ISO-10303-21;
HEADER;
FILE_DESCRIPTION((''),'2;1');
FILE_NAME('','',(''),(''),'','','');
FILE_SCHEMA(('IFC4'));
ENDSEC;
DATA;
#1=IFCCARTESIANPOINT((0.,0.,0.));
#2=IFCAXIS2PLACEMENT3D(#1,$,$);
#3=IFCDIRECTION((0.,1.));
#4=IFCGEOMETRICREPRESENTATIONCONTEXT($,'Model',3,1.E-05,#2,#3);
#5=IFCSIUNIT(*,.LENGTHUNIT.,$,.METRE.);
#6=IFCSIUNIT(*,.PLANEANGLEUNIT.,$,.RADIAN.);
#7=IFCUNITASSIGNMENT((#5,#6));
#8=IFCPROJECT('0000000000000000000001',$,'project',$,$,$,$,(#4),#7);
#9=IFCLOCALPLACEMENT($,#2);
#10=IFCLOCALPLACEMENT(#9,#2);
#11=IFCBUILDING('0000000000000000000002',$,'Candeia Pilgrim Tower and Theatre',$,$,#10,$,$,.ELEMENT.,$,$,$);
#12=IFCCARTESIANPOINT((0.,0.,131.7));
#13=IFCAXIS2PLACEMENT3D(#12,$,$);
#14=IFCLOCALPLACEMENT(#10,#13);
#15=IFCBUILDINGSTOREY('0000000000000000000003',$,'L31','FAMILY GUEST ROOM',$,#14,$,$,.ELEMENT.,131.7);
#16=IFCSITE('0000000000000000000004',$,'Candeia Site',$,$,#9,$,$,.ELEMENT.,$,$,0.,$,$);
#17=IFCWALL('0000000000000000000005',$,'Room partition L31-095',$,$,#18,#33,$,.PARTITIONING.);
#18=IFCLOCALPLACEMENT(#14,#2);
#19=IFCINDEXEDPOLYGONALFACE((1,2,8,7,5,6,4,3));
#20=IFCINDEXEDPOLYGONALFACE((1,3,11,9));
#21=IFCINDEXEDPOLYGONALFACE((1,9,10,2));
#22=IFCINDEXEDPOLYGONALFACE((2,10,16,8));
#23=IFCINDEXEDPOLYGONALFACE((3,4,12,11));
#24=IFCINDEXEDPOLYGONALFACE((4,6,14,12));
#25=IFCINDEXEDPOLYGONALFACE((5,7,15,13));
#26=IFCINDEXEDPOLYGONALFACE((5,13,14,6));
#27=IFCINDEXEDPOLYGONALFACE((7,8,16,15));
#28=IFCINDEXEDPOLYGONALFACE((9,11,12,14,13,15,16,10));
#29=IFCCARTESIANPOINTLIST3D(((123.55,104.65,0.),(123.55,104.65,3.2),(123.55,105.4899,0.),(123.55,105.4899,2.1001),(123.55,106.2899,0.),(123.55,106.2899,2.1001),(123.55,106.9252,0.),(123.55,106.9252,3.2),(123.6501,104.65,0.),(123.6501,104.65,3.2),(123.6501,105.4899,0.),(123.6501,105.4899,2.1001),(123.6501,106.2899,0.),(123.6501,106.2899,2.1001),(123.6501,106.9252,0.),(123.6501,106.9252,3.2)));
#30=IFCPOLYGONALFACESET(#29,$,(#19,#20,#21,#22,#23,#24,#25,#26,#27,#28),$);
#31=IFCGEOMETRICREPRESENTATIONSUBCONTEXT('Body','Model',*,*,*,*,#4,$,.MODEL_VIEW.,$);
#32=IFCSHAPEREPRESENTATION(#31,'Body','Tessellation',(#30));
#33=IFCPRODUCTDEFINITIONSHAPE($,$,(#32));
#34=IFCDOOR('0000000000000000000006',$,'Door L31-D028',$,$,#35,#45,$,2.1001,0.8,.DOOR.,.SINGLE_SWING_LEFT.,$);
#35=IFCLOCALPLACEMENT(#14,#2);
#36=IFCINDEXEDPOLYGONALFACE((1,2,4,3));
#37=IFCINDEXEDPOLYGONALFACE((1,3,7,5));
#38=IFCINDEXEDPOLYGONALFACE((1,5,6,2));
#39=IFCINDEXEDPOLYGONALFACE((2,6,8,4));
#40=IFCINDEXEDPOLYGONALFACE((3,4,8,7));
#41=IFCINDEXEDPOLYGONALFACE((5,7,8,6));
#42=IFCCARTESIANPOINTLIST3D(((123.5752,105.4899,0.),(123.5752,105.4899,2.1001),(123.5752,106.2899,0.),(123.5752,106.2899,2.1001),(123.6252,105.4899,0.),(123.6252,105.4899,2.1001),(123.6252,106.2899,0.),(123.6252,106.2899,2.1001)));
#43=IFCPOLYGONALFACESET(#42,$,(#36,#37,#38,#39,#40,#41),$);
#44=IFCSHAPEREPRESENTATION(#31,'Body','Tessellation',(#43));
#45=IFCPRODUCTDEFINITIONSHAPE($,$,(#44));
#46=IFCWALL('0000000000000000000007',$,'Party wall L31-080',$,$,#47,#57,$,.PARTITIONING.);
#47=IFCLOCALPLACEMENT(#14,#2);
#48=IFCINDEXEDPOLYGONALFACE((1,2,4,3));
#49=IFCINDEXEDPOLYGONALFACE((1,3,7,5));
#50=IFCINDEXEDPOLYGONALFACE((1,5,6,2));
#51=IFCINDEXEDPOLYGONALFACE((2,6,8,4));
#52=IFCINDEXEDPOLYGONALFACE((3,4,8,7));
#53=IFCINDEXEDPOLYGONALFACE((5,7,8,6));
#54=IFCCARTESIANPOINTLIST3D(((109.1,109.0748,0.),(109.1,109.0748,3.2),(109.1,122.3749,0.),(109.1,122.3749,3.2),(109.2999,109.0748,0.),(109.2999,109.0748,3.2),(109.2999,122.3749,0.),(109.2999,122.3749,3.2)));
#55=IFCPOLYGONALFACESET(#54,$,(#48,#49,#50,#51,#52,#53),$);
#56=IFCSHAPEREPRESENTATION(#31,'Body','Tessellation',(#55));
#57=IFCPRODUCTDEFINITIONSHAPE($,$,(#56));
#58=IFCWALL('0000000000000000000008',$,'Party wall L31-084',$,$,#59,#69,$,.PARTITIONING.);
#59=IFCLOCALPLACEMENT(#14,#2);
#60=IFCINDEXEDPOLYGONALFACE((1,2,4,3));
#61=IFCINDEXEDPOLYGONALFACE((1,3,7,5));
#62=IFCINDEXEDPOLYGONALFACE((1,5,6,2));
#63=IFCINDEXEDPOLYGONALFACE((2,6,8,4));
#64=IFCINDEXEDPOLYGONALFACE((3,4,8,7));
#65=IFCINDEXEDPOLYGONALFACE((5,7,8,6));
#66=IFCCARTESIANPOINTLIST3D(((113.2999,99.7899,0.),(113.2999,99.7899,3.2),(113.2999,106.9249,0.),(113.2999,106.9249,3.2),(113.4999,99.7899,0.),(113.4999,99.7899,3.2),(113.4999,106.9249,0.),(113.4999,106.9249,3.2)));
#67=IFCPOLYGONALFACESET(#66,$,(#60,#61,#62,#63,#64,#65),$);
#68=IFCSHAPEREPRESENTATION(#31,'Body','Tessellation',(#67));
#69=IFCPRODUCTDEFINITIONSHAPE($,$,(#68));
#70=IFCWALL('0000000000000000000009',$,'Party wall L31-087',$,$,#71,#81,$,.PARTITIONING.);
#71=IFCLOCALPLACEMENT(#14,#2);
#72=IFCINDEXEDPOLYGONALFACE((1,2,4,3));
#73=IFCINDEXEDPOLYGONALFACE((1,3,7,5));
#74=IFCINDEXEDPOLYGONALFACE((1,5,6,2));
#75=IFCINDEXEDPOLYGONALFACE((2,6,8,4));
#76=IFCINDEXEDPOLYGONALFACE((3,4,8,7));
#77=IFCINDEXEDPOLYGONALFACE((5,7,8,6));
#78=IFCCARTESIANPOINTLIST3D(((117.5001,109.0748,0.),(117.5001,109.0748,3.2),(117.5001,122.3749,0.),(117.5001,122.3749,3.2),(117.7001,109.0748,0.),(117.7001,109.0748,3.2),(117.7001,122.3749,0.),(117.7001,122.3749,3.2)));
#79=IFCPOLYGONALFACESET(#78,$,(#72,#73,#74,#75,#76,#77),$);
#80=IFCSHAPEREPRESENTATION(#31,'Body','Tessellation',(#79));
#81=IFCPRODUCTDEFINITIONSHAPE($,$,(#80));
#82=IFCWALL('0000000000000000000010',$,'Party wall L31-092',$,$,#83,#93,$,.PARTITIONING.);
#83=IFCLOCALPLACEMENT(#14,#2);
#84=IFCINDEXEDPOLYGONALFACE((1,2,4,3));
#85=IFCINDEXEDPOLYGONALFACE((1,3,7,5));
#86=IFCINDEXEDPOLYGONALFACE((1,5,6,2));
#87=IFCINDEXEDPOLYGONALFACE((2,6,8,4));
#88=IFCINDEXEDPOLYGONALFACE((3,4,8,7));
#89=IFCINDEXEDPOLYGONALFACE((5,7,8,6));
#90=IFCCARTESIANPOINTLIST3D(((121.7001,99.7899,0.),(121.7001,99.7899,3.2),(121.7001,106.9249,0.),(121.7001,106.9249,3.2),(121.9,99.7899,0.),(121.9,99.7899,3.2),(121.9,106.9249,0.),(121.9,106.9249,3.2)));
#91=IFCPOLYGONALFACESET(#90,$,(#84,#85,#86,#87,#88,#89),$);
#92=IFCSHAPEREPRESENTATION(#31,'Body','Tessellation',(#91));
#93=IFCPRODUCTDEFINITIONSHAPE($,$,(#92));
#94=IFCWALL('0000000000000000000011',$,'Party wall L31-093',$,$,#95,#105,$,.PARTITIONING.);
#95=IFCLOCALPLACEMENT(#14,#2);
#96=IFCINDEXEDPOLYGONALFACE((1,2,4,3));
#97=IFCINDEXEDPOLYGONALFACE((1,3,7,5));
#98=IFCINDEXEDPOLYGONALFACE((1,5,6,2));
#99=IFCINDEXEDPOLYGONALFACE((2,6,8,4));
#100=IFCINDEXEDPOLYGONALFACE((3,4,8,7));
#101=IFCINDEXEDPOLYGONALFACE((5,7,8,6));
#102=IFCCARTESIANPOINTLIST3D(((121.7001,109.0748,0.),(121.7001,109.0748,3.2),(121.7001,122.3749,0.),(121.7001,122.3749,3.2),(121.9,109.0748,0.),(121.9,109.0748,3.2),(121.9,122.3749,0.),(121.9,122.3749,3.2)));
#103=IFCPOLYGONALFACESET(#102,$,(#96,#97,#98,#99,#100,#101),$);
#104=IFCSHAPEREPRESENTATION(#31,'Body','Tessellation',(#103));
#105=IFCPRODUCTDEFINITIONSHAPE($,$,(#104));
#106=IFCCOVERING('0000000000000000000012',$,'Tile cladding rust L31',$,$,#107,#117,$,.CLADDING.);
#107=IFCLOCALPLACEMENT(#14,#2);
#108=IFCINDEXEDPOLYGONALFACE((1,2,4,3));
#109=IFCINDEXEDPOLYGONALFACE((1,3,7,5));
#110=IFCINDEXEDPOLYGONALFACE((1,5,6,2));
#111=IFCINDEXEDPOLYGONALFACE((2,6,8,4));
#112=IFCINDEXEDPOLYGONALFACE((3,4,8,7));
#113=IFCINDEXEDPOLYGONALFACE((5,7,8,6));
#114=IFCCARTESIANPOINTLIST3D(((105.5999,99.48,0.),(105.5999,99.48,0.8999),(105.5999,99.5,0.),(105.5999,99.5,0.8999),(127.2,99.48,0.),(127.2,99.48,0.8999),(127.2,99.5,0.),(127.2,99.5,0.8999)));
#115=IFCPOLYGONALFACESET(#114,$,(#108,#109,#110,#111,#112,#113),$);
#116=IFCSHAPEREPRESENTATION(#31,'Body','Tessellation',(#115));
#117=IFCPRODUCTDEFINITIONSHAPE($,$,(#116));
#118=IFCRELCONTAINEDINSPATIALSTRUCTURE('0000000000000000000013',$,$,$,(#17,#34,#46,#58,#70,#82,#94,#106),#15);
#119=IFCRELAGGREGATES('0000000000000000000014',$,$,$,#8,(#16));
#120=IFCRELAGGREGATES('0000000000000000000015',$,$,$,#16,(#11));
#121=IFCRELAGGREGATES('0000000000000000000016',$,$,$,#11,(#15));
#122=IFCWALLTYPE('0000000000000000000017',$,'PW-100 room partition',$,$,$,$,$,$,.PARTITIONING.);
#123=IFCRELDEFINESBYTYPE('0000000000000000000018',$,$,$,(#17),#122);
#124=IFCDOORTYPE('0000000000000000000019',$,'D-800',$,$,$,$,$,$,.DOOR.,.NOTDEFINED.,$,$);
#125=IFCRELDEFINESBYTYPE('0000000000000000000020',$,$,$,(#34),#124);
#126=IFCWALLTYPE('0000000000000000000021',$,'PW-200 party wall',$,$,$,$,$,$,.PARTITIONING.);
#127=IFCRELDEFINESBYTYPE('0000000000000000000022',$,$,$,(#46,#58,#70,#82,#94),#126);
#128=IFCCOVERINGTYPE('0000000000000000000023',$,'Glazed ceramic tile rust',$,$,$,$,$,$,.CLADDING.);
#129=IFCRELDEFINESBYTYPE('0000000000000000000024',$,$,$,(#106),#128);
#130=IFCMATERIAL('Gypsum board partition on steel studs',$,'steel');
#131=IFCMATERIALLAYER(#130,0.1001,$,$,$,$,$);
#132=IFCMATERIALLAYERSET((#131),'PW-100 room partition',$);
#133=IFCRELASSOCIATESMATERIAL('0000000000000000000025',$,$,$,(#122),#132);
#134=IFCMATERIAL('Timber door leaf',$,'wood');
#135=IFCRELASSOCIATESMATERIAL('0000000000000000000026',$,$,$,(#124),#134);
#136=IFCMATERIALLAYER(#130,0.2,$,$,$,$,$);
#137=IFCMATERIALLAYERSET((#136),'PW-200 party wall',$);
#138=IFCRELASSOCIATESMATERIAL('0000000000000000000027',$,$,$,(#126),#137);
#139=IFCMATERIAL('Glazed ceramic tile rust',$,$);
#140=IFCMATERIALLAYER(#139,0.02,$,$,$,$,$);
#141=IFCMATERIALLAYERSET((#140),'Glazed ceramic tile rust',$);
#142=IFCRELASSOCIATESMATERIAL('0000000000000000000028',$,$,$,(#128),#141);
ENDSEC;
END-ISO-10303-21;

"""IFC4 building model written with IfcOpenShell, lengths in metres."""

from ifc_helpers import new_model, si_unit, direction, frame, frame_2d, origin, origin_2d, place, context, subcontext, project, spatial, rectangle, extrude, material, layer, layer_set, type_object, element, fill, save


model = new_model("IFC4")

# Units and contexts
model_context = context("Model", 3, precision=1e-05, world=origin(), true_north=direction((0.0, 1.0)))
body_context = subcontext(model_context, "Body", "Model", "MODEL_VIEW")
ifc_project = project(units=[si_unit("LENGTHUNIT", "METRE"), si_unit("PLANEANGLEUNIT", "RADIAN")], contexts=[model_context])

# Site, building, storey
site_placement = place(None, origin())
site = spatial("IfcSite", under=ifc_project, at=site_placement, Name="Candeia Site", CompositionType="ELEMENT", RefElevation=0.0)
building_placement = place(site_placement, origin())
building = spatial("IfcBuilding", under=site, at=building_placement, Name="Candeia Pilgrim Tower and Theatre", CompositionType="ELEMENT")
storey_placement = place(building_placement, frame((0.0, 0.0, 131.7)))
storey = spatial("IfcBuildingStorey", under=building, at=storey_placement, Name="L31", Description="FAMILY GUEST ROOM", CompositionType="ELEMENT", Elevation=131.7)

# Shared definitions
ifc_material_1 = material(Name="Gypsum board partition on steel studs", Category="steel")
ifc_layer_1 = layer(ifc_material_1, 0.1001)
ifc_layer_set_1 = layer_set([ifc_layer_1], Name="PW-100 room partition")
wall_type_1 = type_object("IfcWallType", Name="PW-100 room partition", PredefinedType="PARTITIONING", material=ifc_layer_set_1)

# Shared definitions
ifc_material_2 = material(Name="Timber door leaf", Category="wood")
door_type = type_object("IfcDoorType", Name="D-800", OperationType="NOTDEFINED", PredefinedType="DOOR", material=ifc_material_2)

# Wall, opening, door
wall_1_placement = place(storey_placement, frame((123.6001, 104.6499, 0.0), z_axis=(0.0, 0.0, 1.0), x_axis=(0.0, 1.0, 0.0)))
wall_1 = element("IfcWall", 1, at=wall_1_placement, inside=storey, type_object=wall_type_1, Name="Room partition L31-095", PredefinedType="PARTITIONING", context=body_context, shape_type="SweptSolid", body=[
    extrude(rectangle(XDim=2.2751, YDim=0.1001, at=frame_2d((1.1377, 0.0))), origin(), (0.0, 0.0, 1.0), 3.2),
])
opening_1_placement = place(wall_1_placement, frame((0.8401, 0.0, 0.0)))
opening_1 = element("IfcOpeningElement", 2, at=opening_1_placement, cuts=wall_1, PredefinedType="OPENING", context=body_context, shape_type="SweptSolid", body=[
    extrude(rectangle(XDim=0.8, YDim=2.1001, at=frame_2d((0.3999, 1.05))), frame((0.0, 0.0601, 0.0), z_axis=(0.0, -1.0, 0.0), x_axis=(1.0, 0.0, 0.0)), (0.0, 0.0, 1.0), 0.1201),
])
door_1_placement = place(opening_1_placement, origin())
door_1 = element("IfcDoor", 3, at=door_1_placement, inside=storey, type_object=door_type, Name="Door L31-D028", OperationType="SINGLE_SWING_LEFT", OverallHeight=2.1001, OverallWidth=0.8, PredefinedType="DOOR", context=body_context, shape_type="SweptSolid", body=[
    extrude(rectangle(XDim=0.8, YDim=2.1001, at=frame_2d((0.3999, 1.05))), frame((0.0, 0.0249, 0.0), z_axis=(0.0, -1.0, 0.0), x_axis=(1.0, 0.0, 0.0)), (0.0, 0.0, 1.0), 0.05),
])
fill(opening_1, door_1)

# Walls
ifc_layer_2 = layer(ifc_material_1, 0.2)
ifc_layer_set_2 = layer_set([ifc_layer_2], Name="PW-200 party wall")
wall_type_2 = type_object("IfcWallType", Name="PW-200 party wall", PredefinedType="PARTITIONING", material=ifc_layer_set_2)
wall_2_placement = place(storey_placement, frame((109.2, 109.075, 0.0), z_axis=(0.0, 0.0, 1.0), x_axis=(0.0, 1.0, 0.0)))
element("IfcWall", 4, at=wall_2_placement, inside=storey, type_object=wall_type_2, Name="Party wall L31-080", PredefinedType="PARTITIONING", context=body_context, shape_type="SweptSolid", body=[
    extrude(rectangle(XDim=13.3, YDim=0.2, at=frame_2d((6.6499, 0.0))), origin(), (0.0, 0.0, 1.0), 3.2),
])
wall_3_placement = place(storey_placement, frame((113.3999, 99.79, 0.0), z_axis=(0.0, 0.0, 1.0), x_axis=(0.0, 1.0, 0.0)))
element("IfcWall", 5, at=wall_3_placement, inside=storey, type_object=wall_type_2, Name="Party wall L31-084", PredefinedType="PARTITIONING", context=body_context, shape_type="SweptSolid", body=[
    extrude(rectangle(XDim=7.135, YDim=0.2, at=frame_2d((3.5674, 0.0))), origin(), (0.0, 0.0, 1.0), 3.2),
])
wall_4_placement = place(storey_placement, frame((117.6001, 109.075, 0.0), z_axis=(0.0, 0.0, 1.0), x_axis=(0.0, 1.0, 0.0)))
element("IfcWall", 6, at=wall_4_placement, inside=storey, type_object=wall_type_2, Name="Party wall L31-087", PredefinedType="PARTITIONING", context=body_context, shape_type="SweptSolid", body=[
    extrude(rectangle(XDim=13.3, YDim=0.2, at=frame_2d((6.6499, 0.0))), origin(), (0.0, 0.0, 1.0), 3.2),
])
wall_5_placement = place(storey_placement, frame((121.8, 99.79, 0.0), z_axis=(0.0, 0.0, 1.0), x_axis=(0.0, 1.0, 0.0)))
element("IfcWall", 7, at=wall_5_placement, inside=storey, type_object=wall_type_2, Name="Party wall L31-092", PredefinedType="PARTITIONING", context=body_context, shape_type="SweptSolid", body=[
    extrude(rectangle(XDim=7.135, YDim=0.2, at=frame_2d((3.5674, 0.0))), origin(), (0.0, 0.0, 1.0), 3.2),
])
wall_6_placement = place(storey_placement, frame((121.8, 109.075, 0.0), z_axis=(0.0, 0.0, 1.0), x_axis=(0.0, 1.0, 0.0)))
element("IfcWall", 8, at=wall_6_placement, inside=storey, type_object=wall_type_2, Name="Party wall L31-093", PredefinedType="PARTITIONING", context=body_context, shape_type="SweptSolid", body=[
    extrude(rectangle(XDim=13.3, YDim=0.2, at=frame_2d((6.6499, 0.0))), origin(), (0.0, 0.0, 1.0), 3.2),
])

# Covering
ifc_material_3 = material(Name="Glazed ceramic tile rust")
ifc_layer_3 = layer(ifc_material_3, 0.02)
ifc_layer_set_3 = layer_set([ifc_layer_3], Name="Glazed ceramic tile rust")
covering_type = type_object("IfcCoveringType", Name="Glazed ceramic tile rust", PredefinedType="CLADDING", material=ifc_layer_set_3)
covering_placement = place(storey_placement, frame((116.3999, 99.49, 0.0), z_axis=(0.0, 0.0, 1.0), x_axis=(1.0, 0.0, 0.0)))
element("IfcCovering", 9, at=covering_placement, inside=storey, type_object=covering_type, Name="Tile cladding rust L31", PredefinedType="CLADDING", context=body_context, shape_type="SweptSolid", body=[
    extrude(rectangle(XDim=21.6001, YDim=0.02, at=origin_2d()), origin(), (0.0, 0.0, 1.0), 0.8999),
])

save(model, "model.ifc")
